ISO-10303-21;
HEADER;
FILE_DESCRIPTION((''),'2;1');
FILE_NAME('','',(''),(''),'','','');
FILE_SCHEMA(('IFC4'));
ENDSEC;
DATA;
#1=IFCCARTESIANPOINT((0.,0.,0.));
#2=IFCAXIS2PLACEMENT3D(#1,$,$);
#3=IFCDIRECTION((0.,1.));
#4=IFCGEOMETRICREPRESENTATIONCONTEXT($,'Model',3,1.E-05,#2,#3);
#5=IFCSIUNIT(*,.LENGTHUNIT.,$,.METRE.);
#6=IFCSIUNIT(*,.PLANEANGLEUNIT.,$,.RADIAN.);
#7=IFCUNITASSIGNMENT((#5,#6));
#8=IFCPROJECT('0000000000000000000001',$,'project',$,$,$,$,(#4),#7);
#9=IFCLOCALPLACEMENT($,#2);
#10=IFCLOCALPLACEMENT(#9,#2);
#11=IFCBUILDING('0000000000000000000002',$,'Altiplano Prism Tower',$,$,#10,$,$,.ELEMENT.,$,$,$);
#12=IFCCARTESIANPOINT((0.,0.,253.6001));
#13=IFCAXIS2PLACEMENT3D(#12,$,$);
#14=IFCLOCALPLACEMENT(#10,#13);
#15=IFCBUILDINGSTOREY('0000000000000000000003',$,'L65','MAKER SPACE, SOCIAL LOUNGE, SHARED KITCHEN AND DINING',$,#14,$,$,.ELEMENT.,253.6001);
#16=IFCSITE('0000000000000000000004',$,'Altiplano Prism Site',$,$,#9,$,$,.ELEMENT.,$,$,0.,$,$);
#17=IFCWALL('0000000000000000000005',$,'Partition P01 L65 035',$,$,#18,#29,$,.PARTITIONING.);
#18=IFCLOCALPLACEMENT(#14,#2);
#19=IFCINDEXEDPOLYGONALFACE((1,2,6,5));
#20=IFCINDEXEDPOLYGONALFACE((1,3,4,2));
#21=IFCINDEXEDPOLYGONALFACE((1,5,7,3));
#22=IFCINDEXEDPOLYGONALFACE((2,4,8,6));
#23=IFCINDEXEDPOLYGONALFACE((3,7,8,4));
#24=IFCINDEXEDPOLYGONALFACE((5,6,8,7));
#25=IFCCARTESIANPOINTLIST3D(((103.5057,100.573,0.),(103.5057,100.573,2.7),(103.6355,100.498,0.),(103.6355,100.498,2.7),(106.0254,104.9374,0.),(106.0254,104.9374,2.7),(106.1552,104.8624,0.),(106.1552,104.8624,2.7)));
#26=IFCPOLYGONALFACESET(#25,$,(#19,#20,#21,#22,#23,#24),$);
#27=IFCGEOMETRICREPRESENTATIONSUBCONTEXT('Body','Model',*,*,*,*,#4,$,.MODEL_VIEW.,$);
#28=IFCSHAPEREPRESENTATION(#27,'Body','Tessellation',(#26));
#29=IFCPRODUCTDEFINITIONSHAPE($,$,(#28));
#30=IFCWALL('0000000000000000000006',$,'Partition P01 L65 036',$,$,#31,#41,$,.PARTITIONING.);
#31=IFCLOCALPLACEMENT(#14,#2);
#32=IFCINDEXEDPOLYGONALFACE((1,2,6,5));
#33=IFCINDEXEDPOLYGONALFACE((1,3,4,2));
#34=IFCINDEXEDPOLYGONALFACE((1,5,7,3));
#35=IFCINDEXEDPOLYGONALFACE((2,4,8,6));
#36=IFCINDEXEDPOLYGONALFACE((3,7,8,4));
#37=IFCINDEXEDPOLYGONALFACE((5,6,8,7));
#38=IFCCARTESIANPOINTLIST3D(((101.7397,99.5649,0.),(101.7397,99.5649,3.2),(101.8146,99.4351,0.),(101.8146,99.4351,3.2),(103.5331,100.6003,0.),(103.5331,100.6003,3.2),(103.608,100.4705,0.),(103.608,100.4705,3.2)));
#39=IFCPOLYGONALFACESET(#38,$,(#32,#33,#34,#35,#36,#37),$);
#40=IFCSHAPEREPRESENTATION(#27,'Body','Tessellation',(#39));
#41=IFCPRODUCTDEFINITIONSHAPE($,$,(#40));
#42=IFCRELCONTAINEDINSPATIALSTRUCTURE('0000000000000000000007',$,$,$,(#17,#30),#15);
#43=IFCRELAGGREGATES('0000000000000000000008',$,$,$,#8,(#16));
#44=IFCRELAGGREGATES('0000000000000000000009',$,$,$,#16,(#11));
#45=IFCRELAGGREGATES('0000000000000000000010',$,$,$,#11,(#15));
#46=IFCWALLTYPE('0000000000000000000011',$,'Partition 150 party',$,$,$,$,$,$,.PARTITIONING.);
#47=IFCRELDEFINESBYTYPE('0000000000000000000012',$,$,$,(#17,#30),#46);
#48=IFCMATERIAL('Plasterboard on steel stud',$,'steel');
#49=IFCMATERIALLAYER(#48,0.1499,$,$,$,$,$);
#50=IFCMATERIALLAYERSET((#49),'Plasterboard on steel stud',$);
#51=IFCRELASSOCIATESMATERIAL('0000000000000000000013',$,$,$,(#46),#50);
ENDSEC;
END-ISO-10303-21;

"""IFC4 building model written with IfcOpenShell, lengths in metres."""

from ifc_helpers import new_model, si_unit, direction, frame, frame_2d, origin, place, context, subcontext, project, spatial, rectangle, extrude, material, layer, layer_set, type_object, element, save


model = new_model("IFC4")

# Units and contexts
model_context = context("Model", 3, precision=1e-05, world=origin(), true_north=direction((0.0, 1.0)))
body_context = subcontext(model_context, "Body", "Model", "MODEL_VIEW")
ifc_project = project(units=[si_unit("LENGTHUNIT", "METRE"), si_unit("PLANEANGLEUNIT", "RADIAN")], contexts=[model_context])

# Site, building, storey
site_placement = place(None, origin())
site = spatial("IfcSite", under=ifc_project, at=site_placement, Name="Altiplano Prism Site", CompositionType="ELEMENT", RefElevation=0.0)
building_placement = place(site_placement, origin())
building = spatial("IfcBuilding", under=site, at=building_placement, Name="Altiplano Prism Tower", CompositionType="ELEMENT")
storey_placement = place(building_placement, frame((0.0, 0.0, 253.6001)))
storey = spatial("IfcBuildingStorey", under=building, at=storey_placement, Name="L65", Description="MAKER SPACE, SOCIAL LOUNGE, SHARED KITCHEN AND DINING", CompositionType="ELEMENT", Elevation=253.6001)

# Shared definitions
ifc_material_1 = material(Name="Plasterboard on steel stud", Category="steel")

# Walls
ifc_layer_1 = layer(ifc_material_1, 0.1499)
ifc_layer_set_1 = layer_set([ifc_layer_1], Name="Plasterboard on steel stud")
wall_type_1 = type_object("IfcWallType", Name="Partition 150 party", PredefinedType="PARTITIONING", material=ifc_layer_set_1)
wall_1_placement = place(storey_placement, frame((106.0903, 104.8999, 0.0), z_axis=(0.0, 0.0, 1.0), x_axis=(-0.499989, -0.866032, 0.0)))
element("IfcWall", 1, at=wall_1_placement, inside=storey, type_object=wall_type_1, Name="Partition P01 L65 035", PredefinedType="PARTITIONING", context=body_context, shape_type="SweptSolid", body=[
    extrude(rectangle(XDim=5.0396, YDim=0.1499, at=frame_2d((2.5198, 0.0))), origin(), (0.0, 0.0, 1.0), 2.7),
])
wall_2_placement = place(storey_placement, frame((103.5706, 100.5354, 0.0), z_axis=(0.0, 0.0, 1.0), x_axis=(-0.866036, -0.499981, 0.0)))
element("IfcWall", 2, at=wall_2_placement, inside=storey, type_object=wall_type_1, Name="Partition P01 L65 036", PredefinedType="PARTITIONING", context=body_context, shape_type="SweptSolid", body=[
    extrude(rectangle(XDim=2.0708, YDim=0.1499, at=frame_2d((1.0354, 0.0))), origin(), (0.0, 0.0, 1.0), 3.2),
])

save(model, "model.ifc")
